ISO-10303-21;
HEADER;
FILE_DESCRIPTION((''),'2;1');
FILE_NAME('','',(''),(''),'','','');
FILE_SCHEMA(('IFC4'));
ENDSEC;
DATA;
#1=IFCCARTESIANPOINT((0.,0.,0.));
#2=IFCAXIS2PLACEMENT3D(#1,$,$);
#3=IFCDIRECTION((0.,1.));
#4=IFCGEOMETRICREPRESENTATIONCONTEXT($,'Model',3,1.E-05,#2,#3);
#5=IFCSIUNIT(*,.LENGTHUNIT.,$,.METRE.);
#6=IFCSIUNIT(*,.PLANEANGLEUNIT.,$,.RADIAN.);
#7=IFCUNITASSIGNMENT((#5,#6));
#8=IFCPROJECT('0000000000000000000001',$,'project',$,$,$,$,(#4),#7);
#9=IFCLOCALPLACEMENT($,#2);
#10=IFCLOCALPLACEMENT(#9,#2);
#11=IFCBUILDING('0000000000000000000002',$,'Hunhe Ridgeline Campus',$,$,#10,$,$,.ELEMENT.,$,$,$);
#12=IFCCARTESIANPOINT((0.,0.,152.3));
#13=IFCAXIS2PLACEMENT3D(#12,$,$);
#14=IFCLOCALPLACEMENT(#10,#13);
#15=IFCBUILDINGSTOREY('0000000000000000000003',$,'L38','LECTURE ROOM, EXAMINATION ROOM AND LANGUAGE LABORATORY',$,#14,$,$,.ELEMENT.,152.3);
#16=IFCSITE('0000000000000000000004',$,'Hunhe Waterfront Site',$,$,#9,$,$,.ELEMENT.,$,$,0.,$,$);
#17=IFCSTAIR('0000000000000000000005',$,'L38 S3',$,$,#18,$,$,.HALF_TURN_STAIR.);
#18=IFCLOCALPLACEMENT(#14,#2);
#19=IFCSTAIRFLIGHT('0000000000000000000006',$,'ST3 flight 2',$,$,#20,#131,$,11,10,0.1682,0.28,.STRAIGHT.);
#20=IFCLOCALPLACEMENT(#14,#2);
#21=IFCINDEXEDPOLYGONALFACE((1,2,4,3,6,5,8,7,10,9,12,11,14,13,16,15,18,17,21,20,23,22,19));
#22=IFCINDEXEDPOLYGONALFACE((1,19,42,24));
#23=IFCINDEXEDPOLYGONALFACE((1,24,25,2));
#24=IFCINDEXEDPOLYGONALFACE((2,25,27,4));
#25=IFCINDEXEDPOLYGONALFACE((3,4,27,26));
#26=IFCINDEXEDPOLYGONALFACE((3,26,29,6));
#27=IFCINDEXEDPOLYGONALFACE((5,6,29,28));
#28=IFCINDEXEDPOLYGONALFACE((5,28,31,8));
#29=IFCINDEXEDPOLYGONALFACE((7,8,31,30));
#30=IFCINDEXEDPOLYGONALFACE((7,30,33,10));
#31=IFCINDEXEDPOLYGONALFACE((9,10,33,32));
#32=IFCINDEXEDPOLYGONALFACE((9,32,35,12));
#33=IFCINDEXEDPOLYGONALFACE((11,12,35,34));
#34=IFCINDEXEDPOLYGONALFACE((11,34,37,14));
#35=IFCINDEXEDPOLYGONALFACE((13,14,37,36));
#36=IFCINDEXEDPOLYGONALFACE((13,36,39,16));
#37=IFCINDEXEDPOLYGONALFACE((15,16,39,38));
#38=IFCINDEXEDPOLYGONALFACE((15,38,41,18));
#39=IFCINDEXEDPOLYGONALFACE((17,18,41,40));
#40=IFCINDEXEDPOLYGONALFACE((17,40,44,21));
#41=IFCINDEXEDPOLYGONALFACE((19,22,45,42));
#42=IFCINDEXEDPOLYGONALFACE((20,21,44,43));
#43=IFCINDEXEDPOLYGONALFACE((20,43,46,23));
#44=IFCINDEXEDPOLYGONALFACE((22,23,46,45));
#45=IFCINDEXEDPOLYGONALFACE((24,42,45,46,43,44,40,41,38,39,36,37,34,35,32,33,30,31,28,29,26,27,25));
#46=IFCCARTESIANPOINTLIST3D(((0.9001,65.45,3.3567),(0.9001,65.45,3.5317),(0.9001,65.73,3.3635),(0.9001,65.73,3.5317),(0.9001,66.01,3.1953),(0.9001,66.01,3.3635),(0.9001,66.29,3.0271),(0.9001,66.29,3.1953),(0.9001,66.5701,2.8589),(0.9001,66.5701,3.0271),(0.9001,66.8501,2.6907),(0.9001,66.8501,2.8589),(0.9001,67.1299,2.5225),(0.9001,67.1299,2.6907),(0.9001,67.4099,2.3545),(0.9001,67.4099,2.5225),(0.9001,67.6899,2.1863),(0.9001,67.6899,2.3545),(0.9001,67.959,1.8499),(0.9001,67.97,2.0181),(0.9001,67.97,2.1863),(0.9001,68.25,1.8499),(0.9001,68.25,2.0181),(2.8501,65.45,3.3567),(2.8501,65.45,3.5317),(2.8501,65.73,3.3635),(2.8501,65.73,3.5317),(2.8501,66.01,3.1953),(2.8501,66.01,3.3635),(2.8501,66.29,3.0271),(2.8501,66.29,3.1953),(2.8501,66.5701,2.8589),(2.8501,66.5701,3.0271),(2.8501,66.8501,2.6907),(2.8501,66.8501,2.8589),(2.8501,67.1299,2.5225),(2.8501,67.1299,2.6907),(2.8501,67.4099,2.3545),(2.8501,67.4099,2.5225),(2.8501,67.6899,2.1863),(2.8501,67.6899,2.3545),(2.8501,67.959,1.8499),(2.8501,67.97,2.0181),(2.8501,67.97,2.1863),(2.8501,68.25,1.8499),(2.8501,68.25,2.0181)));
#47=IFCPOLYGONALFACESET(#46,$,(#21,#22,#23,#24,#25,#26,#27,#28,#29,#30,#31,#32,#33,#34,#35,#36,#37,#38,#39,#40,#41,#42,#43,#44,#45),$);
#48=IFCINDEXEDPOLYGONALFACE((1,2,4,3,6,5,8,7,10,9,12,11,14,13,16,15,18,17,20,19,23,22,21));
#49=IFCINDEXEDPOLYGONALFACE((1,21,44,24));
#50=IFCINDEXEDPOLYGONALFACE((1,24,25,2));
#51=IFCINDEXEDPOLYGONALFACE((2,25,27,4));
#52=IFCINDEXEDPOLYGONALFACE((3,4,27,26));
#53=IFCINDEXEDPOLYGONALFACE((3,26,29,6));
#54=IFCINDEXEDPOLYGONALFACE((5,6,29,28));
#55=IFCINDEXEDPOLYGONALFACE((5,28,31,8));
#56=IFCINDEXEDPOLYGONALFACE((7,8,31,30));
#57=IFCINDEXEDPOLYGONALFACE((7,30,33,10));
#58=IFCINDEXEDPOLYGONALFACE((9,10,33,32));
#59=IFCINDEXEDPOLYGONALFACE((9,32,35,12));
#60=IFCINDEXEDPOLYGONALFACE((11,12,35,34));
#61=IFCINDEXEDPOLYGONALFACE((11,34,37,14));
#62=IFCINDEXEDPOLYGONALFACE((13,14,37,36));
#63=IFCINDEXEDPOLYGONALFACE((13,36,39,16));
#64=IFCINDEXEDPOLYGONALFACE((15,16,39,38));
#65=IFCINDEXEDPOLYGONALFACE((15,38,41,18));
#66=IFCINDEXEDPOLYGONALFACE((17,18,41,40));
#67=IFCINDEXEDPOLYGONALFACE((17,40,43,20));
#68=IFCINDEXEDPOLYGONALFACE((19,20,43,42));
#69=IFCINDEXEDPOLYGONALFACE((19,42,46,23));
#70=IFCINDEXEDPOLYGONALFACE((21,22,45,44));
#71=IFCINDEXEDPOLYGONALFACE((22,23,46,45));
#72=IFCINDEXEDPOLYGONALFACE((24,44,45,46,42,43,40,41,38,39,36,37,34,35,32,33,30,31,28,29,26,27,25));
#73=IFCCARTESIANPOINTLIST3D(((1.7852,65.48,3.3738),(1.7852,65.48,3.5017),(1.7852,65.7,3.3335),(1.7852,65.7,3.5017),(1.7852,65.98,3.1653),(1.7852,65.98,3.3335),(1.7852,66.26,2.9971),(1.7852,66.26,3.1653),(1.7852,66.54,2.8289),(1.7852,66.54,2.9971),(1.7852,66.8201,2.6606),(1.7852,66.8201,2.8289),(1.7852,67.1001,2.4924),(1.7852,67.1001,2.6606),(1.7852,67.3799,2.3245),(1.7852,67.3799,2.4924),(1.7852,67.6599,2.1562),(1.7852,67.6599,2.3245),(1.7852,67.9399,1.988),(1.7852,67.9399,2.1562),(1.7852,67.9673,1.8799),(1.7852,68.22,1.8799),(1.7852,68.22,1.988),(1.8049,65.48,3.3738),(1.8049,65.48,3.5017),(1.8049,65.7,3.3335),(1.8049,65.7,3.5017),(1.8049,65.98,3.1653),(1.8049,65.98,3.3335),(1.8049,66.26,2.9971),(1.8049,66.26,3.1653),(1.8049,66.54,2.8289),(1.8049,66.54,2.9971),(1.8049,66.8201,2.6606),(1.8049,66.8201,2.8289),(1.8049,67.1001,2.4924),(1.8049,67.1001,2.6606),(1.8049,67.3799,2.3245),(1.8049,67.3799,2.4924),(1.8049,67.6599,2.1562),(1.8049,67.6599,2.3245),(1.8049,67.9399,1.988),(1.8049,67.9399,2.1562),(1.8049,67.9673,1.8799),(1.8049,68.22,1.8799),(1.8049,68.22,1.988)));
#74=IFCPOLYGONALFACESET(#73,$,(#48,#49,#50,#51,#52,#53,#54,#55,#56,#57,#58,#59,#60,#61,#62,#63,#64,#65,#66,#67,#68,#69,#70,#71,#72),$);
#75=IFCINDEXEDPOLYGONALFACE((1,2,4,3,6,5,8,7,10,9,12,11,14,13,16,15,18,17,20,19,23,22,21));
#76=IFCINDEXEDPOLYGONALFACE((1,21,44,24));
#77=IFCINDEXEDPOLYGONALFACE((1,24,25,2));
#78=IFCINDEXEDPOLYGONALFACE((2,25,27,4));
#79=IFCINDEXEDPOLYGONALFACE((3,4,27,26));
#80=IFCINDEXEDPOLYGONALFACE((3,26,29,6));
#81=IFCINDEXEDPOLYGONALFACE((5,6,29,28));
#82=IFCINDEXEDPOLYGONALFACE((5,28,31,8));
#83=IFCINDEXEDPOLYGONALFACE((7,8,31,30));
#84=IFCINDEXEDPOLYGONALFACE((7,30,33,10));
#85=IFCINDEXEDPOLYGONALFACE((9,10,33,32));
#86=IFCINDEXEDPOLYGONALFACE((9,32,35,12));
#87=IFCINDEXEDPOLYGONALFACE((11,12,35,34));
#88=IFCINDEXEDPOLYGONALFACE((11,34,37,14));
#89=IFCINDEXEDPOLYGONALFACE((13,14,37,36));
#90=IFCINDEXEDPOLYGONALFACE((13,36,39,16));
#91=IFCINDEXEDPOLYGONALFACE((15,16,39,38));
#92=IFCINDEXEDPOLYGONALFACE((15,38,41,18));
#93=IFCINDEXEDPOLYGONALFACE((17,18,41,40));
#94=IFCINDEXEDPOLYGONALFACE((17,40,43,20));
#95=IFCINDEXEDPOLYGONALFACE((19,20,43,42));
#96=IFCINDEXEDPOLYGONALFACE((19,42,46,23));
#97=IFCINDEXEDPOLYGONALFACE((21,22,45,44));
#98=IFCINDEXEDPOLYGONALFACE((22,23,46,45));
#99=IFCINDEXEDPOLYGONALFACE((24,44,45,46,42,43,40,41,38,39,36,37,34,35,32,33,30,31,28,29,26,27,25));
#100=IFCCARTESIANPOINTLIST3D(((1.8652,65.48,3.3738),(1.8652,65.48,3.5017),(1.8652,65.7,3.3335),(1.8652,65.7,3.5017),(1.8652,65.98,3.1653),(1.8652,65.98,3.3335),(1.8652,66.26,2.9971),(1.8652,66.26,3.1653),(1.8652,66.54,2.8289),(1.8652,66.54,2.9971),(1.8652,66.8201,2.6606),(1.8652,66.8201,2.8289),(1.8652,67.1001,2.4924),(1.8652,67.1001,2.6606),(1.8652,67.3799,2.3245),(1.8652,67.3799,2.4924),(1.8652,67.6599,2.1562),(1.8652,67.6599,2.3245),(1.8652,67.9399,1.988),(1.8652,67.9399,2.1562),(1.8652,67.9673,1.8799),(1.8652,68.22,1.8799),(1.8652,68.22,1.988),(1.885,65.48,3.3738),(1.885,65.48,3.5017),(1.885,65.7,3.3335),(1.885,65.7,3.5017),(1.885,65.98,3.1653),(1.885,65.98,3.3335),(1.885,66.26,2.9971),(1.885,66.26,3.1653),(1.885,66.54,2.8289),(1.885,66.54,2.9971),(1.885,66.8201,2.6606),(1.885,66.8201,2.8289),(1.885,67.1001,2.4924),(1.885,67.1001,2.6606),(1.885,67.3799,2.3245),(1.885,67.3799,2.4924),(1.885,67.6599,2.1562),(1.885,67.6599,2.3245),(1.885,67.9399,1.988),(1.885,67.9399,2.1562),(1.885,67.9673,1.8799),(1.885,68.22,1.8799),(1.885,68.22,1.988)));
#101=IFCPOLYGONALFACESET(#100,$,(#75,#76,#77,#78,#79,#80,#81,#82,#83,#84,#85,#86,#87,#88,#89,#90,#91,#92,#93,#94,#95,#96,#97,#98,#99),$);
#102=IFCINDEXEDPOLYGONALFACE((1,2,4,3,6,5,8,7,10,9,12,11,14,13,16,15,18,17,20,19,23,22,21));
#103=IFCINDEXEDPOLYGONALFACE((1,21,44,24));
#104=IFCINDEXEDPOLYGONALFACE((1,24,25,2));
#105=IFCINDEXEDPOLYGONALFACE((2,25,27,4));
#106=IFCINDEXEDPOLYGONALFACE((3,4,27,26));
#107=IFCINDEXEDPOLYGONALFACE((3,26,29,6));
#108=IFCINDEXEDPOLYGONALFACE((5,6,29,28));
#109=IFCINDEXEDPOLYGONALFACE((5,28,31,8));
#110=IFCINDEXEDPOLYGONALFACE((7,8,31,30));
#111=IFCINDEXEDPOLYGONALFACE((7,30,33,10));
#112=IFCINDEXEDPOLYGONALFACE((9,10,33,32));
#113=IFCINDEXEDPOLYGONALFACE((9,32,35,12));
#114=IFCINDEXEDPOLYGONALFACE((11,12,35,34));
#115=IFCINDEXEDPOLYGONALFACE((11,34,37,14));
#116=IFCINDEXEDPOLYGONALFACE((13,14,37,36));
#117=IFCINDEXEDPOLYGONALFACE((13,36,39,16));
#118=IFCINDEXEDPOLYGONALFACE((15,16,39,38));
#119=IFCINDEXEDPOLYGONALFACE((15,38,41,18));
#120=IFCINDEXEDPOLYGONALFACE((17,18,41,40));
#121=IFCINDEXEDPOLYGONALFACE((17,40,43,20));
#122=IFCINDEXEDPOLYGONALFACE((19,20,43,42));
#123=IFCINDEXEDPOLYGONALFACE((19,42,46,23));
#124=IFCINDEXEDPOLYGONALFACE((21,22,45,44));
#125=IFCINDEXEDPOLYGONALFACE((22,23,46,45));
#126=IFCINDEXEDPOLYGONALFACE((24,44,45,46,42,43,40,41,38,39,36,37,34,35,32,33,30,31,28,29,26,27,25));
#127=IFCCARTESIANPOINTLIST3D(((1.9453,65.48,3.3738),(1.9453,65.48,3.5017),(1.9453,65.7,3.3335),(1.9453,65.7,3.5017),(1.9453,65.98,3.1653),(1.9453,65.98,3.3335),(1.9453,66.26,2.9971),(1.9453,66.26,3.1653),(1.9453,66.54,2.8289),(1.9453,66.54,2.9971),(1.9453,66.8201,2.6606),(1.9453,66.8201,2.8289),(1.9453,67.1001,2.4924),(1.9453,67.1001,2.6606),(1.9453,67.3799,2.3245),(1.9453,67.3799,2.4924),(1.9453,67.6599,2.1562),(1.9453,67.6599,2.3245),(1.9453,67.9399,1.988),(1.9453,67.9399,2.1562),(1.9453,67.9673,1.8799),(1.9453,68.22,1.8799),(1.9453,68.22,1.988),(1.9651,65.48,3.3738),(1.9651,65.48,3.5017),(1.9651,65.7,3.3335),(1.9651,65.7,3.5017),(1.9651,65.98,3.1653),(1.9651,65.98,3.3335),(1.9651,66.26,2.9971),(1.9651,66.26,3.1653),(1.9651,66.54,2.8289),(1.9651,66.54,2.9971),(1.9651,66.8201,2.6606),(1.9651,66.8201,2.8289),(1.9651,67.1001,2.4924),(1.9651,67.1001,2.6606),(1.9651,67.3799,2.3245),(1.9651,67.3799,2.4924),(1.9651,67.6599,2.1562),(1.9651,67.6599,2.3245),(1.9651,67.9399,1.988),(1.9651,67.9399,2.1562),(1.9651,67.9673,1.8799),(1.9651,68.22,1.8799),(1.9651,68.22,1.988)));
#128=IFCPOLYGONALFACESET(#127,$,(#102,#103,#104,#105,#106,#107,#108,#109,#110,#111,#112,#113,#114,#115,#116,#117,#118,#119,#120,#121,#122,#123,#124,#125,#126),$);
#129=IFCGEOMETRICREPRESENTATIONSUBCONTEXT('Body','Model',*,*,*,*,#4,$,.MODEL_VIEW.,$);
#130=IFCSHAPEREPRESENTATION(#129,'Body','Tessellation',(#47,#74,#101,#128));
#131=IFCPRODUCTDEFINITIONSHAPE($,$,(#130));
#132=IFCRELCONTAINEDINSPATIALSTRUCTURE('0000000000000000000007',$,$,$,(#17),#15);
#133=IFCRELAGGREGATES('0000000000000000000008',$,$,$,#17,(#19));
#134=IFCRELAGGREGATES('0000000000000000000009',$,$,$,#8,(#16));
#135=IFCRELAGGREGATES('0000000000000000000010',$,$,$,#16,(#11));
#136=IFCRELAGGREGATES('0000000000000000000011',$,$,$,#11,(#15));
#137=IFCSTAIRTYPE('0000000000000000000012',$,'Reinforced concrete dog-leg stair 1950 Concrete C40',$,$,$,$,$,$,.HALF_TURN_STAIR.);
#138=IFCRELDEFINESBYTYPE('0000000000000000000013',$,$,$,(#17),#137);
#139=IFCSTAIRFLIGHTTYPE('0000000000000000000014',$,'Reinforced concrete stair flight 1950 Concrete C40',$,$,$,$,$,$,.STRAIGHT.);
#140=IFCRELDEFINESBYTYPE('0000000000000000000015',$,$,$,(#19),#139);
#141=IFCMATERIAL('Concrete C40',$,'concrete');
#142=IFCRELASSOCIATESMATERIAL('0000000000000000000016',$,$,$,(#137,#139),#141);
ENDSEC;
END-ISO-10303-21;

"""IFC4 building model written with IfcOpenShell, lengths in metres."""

from ifc_helpers import new_model, si_unit, direction, frame, origin, place, context, subcontext, project, spatial, polyline, outline, extrude, material, type_object, element, aggregate, save


model = new_model("IFC4")

# Units and contexts
model_context = context("Model", 3, precision=1e-05, world=origin(), true_north=direction((0.0, 1.0)))
body_context = subcontext(model_context, "Body", "Model", "MODEL_VIEW")
ifc_project = project(units=[si_unit("LENGTHUNIT", "METRE"), si_unit("PLANEANGLEUNIT", "RADIAN")], contexts=[model_context])

# Site, building, storey
site_placement = place(None, origin())
site = spatial("IfcSite", under=ifc_project, at=site_placement, Name="Hunhe Waterfront Site", CompositionType="ELEMENT", RefElevation=0.0)
building_placement = place(site_placement, origin())
building = spatial("IfcBuilding", under=site, at=building_placement, Name="Hunhe Ridgeline Campus", CompositionType="ELEMENT")
storey_placement = place(building_placement, frame((0.0, 0.0, 152.3)))
storey = spatial("IfcBuildingStorey", under=building, at=storey_placement, Name="L38", Description="LECTURE ROOM, EXAMINATION ROOM AND LANGUAGE LABORATORY", CompositionType="ELEMENT", Elevation=152.3)

# Stair, stair flight
ifc_material_1 = material(Name="Concrete C40", Category="concrete")
stair_type = type_object("IfcStairType", Name="Reinforced concrete dog-leg stair 1950 Concrete C40", PredefinedType="HALF_TURN_STAIR", material=ifc_material_1)
stair_1_placement = place(storey_placement, origin())
stair_1 = element("IfcStair", 1, at=stair_1_placement, inside=storey, type_object=stair_type, Name="L38 S3", PredefinedType="HALF_TURN_STAIR")
stair_flight_type = type_object("IfcStairFlightType", Name="Reinforced concrete stair flight 1950 Concrete C40", PredefinedType="STRAIGHT", material=ifc_material_1)
stair_flight_1_placement = place(storey_placement, frame((1.875, 68.25, 1.8499), z_axis=(0.0, 0.0, 1.0), x_axis=(0.0, -1.0, 0.0)))
stair_flight_1 = element("IfcStairFlight", 2, at=stair_flight_1_placement, type_object=stair_flight_type, Name="ST3 flight 2", NumberOfRisers=11, NumberOfTreads=10, PredefinedType="STRAIGHT", RiserHeight=0.1682, TreadLength=0.28, context=body_context, shape_type="SweptSolid", body=[
    extrude(outline(polyline([(0.0, 0.0), (0.0, 0.1682), (0.28, 0.1682), (0.28, 0.3364), (0.5601, 0.3364), (0.5601, 0.5046), (0.8401, 0.5046), (0.8401, 0.6726), (1.1201, 0.6726), (1.1201, 0.8408), (1.3999, 0.8408), (1.3999, 1.009), (1.6799, 1.009), (1.6799, 1.1772), (1.96, 1.1772), (1.96, 1.3455), (2.24, 1.3455), (2.24, 1.5137), (2.52, 1.5137), (2.52, 1.6819), (2.8, 1.6819), (2.8, 1.8501), (2.8, 1.5068), (0.291, 0.0), (0.0, 0.0)])), frame((0.0, 0.9751, 0.0), z_axis=(0.0, -1.0, 0.0), x_axis=(1.0, 0.0, 0.0)), (0.0, 0.0, 1.0), 1.95),
    extrude(outline(polyline([(0.03, 0.03), (0.03, 0.1382), (0.3101, 0.1382), (0.3101, 0.3064), (0.5901, 0.3064), (0.5901, 0.4746), (0.8701, 0.4746), (0.8701, 0.6426), (1.1499, 0.6426), (1.1499, 0.8108), (1.4299, 0.8108), (1.4299, 0.979), (1.71, 0.979), (1.71, 1.1472), (1.99, 1.1472), (1.99, 1.3154), (2.27, 1.3154), (2.27, 1.4836), (2.55, 1.4836), (2.55, 1.6519), (2.77, 1.6519), (2.77, 1.5239), (0.2827, 0.03), (0.03, 0.03)])), frame((0.0, -0.0701, 0.0), z_axis=(0.0, -1.0, 0.0), x_axis=(1.0, 0.0, 0.0)), (0.0, 0.0, 1.0), 0.0198),
    extrude(outline(polyline([(0.03, 0.03), (0.03, 0.1382), (0.3101, 0.1382), (0.3101, 0.3064), (0.5901, 0.3064), (0.5901, 0.4746), (0.8701, 0.4746), (0.8701, 0.6426), (1.1499, 0.6426), (1.1499, 0.8108), (1.4299, 0.8108), (1.4299, 0.979), (1.71, 0.979), (1.71, 1.1472), (1.99, 1.1472), (1.99, 1.3154), (2.27, 1.3154), (2.27, 1.4836), (2.55, 1.4836), (2.55, 1.6519), (2.77, 1.6519), (2.77, 1.5239), (0.2827, 0.03), (0.03, 0.03)])), frame((0.0, 0.01, 0.0), z_axis=(0.0, -1.0, 0.0), x_axis=(1.0, 0.0, 0.0)), (0.0, 0.0, 1.0), 0.0198),
    extrude(outline(polyline([(0.03, 0.03), (0.03, 0.1382), (0.3101, 0.1382), (0.3101, 0.3064), (0.5901, 0.3064), (0.5901, 0.4746), (0.8701, 0.4746), (0.8701, 0.6426), (1.1499, 0.6426), (1.1499, 0.8108), (1.4299, 0.8108), (1.4299, 0.979), (1.71, 0.979), (1.71, 1.1472), (1.99, 1.1472), (1.99, 1.3154), (2.27, 1.3154), (2.27, 1.4836), (2.55, 1.4836), (2.55, 1.6519), (2.77, 1.6519), (2.77, 1.5239), (0.2827, 0.03), (0.03, 0.03)])), frame((0.0, 0.0901, 0.0), z_axis=(0.0, -1.0, 0.0), x_axis=(1.0, 0.0, 0.0)), (0.0, 0.0, 1.0), 0.0198),
])
aggregate(stair_1, [stair_flight_1])

save(model, "model.ifc")
